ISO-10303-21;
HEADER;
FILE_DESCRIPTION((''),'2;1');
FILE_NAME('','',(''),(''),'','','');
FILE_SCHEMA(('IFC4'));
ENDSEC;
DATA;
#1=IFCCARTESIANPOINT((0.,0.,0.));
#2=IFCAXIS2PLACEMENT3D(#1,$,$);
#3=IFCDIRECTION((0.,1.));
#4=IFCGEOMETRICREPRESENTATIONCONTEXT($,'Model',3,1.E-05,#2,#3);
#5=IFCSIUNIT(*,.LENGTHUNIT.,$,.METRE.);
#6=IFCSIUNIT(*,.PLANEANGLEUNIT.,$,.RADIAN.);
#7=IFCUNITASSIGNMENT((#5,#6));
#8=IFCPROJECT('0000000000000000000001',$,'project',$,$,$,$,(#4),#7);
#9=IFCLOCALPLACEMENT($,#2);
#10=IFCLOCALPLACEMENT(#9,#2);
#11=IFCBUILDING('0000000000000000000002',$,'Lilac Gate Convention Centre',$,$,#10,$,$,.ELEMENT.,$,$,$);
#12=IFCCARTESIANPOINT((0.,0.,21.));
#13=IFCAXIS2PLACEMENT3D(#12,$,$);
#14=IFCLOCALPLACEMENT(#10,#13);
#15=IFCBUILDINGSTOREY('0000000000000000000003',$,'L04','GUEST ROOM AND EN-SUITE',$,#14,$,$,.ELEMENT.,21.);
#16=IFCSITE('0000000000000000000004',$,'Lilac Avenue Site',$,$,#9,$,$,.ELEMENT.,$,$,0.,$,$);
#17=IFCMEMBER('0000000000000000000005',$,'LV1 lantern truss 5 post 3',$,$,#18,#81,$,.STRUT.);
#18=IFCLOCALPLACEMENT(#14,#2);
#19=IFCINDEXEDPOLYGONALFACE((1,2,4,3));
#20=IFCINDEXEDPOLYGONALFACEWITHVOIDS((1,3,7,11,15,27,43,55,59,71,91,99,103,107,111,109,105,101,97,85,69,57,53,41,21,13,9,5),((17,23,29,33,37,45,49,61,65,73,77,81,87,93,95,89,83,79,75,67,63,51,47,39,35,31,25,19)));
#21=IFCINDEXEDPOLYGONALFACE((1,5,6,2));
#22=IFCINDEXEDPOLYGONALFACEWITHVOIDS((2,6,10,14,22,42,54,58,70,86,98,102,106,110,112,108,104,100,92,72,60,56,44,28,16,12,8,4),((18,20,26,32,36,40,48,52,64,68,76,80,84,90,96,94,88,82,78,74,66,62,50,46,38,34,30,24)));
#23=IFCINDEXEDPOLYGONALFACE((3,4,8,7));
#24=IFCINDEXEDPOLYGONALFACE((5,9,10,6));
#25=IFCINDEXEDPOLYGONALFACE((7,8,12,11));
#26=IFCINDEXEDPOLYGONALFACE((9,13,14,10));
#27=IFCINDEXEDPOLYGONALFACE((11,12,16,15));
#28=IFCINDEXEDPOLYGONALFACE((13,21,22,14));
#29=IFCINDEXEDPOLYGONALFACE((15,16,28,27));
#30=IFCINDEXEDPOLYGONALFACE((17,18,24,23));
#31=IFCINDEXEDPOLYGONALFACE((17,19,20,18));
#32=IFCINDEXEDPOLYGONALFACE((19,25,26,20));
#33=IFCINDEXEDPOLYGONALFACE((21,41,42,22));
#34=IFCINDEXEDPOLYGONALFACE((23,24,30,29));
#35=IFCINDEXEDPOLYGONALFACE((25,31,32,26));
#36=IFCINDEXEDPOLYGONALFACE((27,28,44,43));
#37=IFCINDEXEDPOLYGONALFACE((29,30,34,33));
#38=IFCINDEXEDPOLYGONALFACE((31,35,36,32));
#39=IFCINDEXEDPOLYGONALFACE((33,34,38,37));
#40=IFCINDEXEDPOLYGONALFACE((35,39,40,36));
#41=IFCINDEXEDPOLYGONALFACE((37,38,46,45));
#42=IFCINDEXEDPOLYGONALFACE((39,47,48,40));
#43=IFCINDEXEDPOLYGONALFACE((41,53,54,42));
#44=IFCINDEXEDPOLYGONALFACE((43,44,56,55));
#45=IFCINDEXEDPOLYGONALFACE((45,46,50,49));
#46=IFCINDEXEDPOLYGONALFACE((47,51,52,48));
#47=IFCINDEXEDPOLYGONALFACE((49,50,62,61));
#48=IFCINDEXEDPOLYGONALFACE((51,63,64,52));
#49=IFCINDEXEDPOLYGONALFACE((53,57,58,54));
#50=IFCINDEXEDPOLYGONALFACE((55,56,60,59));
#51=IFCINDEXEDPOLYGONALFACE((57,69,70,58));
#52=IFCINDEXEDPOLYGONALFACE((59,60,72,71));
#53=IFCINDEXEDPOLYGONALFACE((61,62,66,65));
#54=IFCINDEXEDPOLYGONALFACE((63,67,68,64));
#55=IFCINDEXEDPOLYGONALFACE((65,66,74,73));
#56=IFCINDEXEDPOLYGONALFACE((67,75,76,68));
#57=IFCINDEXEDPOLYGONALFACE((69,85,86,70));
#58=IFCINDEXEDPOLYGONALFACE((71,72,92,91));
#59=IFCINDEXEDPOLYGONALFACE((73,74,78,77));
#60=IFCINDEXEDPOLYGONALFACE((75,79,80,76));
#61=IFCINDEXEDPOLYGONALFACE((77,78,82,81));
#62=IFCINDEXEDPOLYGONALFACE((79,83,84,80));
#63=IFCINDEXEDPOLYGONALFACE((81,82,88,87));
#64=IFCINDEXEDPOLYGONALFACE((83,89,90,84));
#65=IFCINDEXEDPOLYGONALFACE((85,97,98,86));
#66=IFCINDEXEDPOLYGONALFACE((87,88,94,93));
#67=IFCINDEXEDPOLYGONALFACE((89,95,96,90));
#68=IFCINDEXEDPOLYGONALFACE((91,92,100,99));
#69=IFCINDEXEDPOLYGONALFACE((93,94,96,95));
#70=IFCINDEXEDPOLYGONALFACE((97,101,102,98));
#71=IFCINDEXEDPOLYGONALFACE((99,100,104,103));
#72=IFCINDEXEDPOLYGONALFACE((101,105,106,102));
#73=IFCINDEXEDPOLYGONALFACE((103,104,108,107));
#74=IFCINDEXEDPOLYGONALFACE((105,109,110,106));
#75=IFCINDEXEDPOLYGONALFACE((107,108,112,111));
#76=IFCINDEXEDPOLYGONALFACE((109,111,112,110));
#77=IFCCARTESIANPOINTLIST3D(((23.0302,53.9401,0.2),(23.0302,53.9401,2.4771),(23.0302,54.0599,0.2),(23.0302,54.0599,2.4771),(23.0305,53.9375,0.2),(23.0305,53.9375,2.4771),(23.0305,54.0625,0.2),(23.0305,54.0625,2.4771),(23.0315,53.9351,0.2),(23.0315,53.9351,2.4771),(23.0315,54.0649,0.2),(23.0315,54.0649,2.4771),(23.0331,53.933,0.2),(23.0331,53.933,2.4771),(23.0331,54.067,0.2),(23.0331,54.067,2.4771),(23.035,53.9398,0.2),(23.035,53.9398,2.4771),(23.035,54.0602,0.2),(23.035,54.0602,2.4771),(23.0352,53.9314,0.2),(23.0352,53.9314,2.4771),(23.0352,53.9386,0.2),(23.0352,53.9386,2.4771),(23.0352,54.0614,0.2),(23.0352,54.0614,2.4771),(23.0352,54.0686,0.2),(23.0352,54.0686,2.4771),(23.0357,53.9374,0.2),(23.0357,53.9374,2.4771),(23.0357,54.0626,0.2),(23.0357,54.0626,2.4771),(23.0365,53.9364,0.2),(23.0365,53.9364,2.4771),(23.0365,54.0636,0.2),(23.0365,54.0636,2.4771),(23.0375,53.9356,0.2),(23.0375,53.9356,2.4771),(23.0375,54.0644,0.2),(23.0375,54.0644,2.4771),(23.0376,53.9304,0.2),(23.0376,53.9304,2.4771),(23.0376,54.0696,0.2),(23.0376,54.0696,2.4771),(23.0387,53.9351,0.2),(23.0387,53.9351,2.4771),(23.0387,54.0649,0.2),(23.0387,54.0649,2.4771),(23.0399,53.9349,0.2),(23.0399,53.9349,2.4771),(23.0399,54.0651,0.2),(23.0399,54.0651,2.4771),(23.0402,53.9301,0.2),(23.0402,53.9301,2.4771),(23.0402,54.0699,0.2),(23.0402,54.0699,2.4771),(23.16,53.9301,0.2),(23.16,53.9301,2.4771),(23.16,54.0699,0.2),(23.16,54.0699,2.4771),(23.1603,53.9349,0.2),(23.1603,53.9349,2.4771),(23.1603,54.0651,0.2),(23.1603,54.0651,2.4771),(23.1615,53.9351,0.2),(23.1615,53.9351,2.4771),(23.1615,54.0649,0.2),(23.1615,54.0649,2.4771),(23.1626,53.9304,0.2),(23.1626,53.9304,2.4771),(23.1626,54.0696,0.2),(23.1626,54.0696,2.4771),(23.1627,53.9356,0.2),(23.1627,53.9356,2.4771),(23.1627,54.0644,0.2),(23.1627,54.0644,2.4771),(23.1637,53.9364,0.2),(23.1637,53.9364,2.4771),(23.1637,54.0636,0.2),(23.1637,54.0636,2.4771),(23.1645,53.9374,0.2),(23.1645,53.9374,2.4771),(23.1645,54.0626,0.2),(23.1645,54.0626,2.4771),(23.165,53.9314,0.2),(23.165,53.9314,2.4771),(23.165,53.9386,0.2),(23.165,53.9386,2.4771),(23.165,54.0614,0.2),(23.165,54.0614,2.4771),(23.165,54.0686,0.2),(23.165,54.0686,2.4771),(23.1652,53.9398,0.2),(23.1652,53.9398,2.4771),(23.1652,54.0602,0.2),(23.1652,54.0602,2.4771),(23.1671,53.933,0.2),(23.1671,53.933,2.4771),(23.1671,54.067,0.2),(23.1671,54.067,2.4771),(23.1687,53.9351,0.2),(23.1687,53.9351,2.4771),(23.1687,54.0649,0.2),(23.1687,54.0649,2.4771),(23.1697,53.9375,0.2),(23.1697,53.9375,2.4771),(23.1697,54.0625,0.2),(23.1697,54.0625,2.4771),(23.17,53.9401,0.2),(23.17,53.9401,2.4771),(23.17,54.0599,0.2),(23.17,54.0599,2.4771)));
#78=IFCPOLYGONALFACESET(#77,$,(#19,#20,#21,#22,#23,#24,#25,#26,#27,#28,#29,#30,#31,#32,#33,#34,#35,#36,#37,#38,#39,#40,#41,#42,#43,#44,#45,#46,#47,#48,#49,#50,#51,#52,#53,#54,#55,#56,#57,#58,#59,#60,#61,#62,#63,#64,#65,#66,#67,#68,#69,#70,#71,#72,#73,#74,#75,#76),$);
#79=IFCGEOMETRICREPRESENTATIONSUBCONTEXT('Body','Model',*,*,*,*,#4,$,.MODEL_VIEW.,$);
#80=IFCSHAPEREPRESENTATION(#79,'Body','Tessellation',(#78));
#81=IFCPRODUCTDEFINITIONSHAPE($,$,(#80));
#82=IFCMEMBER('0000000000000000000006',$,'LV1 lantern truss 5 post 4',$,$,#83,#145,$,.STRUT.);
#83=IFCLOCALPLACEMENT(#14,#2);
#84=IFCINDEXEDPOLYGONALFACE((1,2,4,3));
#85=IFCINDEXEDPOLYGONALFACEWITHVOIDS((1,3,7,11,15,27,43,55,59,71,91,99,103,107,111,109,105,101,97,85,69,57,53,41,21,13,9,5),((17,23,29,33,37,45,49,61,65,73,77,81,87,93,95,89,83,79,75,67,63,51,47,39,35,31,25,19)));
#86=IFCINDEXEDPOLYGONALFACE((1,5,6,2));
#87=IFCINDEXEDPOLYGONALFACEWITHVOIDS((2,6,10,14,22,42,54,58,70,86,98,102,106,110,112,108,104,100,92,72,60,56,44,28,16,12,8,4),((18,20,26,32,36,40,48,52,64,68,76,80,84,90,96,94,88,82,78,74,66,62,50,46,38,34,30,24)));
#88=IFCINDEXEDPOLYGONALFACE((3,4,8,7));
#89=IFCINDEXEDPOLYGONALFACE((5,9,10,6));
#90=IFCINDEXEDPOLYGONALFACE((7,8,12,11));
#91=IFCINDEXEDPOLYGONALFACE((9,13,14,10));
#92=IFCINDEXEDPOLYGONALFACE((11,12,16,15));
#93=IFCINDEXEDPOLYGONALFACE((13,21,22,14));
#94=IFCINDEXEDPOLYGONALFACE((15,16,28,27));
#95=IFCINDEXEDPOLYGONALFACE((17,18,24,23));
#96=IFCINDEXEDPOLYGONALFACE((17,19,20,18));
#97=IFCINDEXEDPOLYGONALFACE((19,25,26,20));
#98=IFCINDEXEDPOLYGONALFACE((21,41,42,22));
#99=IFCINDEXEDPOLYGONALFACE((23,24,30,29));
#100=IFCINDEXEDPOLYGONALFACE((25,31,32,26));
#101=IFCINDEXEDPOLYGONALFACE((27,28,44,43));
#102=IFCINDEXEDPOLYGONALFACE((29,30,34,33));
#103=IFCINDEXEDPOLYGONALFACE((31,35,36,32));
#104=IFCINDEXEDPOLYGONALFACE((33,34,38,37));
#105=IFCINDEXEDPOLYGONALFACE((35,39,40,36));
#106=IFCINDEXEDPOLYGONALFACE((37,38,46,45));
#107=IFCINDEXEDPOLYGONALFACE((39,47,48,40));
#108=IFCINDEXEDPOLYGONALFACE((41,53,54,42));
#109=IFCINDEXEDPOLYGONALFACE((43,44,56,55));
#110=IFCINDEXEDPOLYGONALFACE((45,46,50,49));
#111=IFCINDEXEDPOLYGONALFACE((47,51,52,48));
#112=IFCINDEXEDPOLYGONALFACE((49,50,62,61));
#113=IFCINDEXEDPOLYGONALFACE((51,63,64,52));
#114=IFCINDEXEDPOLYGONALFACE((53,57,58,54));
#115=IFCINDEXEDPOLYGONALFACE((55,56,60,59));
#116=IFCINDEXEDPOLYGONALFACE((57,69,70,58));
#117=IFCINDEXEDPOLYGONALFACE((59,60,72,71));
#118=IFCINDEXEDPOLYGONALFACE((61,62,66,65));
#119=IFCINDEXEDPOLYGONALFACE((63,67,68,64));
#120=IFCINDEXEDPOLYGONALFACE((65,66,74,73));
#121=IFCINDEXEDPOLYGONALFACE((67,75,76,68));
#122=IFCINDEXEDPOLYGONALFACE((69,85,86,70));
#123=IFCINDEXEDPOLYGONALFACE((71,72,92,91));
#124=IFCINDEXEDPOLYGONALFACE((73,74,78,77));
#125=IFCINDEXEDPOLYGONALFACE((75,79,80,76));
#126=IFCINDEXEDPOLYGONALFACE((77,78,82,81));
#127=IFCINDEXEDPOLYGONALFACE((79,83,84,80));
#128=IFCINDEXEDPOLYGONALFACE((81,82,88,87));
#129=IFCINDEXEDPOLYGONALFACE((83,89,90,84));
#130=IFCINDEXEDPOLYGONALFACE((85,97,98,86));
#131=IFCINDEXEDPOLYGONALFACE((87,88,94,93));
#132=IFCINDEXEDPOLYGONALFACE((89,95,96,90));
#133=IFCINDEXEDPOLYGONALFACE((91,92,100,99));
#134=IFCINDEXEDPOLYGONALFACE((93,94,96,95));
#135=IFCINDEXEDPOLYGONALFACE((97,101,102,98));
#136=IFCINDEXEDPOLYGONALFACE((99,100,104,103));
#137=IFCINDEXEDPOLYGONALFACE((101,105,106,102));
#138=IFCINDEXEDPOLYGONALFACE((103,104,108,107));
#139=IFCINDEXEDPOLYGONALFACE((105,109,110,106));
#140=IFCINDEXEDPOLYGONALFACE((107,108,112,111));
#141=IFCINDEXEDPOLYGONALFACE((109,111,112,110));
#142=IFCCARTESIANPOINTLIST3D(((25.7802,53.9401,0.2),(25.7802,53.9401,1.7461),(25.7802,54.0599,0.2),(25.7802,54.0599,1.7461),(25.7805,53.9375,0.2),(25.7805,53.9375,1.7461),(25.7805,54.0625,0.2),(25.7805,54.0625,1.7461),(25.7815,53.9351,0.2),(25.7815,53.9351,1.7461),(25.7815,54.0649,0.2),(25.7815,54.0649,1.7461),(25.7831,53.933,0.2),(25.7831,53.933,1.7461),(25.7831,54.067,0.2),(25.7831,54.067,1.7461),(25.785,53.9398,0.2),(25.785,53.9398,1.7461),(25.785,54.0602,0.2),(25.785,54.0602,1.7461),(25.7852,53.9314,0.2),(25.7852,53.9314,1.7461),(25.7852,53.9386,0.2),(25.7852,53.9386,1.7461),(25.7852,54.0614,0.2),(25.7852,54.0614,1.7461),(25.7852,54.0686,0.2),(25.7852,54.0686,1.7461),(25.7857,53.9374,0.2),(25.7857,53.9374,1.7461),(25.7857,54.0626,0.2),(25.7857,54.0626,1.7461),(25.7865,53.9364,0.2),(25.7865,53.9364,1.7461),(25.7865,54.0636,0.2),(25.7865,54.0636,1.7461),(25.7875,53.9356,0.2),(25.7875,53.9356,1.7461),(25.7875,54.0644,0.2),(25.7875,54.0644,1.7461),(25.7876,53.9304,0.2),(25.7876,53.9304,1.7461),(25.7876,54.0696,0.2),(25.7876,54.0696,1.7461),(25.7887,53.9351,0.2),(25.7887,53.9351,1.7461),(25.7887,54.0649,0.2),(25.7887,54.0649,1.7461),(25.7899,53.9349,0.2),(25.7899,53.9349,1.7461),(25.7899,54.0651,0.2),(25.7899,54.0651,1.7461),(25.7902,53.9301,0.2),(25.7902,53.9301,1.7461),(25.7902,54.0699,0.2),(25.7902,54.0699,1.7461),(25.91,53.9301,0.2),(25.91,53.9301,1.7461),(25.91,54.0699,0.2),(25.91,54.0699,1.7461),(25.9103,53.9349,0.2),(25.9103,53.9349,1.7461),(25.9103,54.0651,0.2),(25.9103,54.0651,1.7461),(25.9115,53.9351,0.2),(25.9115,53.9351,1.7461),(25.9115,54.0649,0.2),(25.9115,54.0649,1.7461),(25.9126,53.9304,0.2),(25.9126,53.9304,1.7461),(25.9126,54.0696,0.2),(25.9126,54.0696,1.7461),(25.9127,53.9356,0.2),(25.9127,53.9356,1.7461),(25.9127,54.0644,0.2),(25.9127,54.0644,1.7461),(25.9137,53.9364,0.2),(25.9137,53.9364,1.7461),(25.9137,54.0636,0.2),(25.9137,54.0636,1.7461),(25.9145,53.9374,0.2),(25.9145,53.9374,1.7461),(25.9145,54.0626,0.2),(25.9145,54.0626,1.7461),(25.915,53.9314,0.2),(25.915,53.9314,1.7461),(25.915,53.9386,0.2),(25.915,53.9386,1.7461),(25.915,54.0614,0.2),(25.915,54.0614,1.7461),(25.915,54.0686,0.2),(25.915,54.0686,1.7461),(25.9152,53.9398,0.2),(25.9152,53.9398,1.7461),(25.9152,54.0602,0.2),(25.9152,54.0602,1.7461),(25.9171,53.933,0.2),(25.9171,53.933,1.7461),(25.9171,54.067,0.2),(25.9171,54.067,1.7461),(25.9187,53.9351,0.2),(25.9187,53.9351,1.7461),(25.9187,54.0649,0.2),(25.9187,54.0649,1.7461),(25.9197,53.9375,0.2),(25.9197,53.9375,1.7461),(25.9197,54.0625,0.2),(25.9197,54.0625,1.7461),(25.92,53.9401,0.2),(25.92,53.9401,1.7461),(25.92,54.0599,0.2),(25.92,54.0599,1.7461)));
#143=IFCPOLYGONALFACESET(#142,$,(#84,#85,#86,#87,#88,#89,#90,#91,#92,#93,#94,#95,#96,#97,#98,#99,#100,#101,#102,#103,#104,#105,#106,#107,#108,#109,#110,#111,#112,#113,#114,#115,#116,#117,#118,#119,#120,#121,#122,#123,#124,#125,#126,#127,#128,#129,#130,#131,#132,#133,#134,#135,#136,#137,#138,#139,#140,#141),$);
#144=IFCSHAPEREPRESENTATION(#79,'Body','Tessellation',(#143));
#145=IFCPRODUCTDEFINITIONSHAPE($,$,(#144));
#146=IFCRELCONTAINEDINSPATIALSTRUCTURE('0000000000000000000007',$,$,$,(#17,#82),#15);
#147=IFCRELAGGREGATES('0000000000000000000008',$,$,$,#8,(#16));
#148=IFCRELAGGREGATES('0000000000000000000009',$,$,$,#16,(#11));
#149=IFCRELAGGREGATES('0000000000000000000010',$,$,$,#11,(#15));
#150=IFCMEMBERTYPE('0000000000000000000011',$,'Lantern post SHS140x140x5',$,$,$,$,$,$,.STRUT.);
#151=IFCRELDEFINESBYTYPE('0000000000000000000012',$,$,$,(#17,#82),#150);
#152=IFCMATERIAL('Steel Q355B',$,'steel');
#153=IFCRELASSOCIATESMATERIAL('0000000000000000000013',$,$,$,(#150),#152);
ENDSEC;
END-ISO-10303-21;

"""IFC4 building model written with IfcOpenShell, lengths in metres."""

from ifc_helpers import new_model, si_unit, direction, frame, origin, origin_2d, place, context, subcontext, project, spatial, hollow_rectangle, extrude, material, material_profile, profile_set, type_object, element, save


model = new_model("IFC4")

# Units and contexts
model_context = context("Model", 3, precision=1e-05, world=origin(), true_north=direction((0.0, 1.0)))
body_context = subcontext(model_context, "Body", "Model", "MODEL_VIEW")
ifc_project = project(units=[si_unit("LENGTHUNIT", "METRE"), si_unit("PLANEANGLEUNIT", "RADIAN")], contexts=[model_context])

# Site, building, storey
site_placement = place(None, origin())
site = spatial("IfcSite", under=ifc_project, at=site_placement, Name="Lilac Avenue Site", CompositionType="ELEMENT", RefElevation=0.0)
building_placement = place(site_placement, origin())
building = spatial("IfcBuilding", under=site, at=building_placement, Name="Lilac Gate Convention Centre", CompositionType="ELEMENT")
storey_placement = place(building_placement, frame((0.0, 0.0, 21.0)))
storey = spatial("IfcBuildingStorey", under=building, at=storey_placement, Name="L04", Description="GUEST ROOM AND EN-SUITE", CompositionType="ELEMENT", Elevation=21.0)

# Members
ifc_material_1 = material(Name="Steel Q355B", Category="steel")
ifc_material_profile_1 = material_profile(ifc_material_1, hollow_rectangle(XDim=0.1399, YDim=0.1399, WallThickness=0.0049, InnerFilletRadius=0.0049, OuterFilletRadius=0.01, at=origin_2d()), Name="SHS140x140x5")
ifc_profile_set_1 = profile_set([ifc_material_profile_1], Name="Steel Q355B")
member_type_1 = type_object("IfcMemberType", Name="Lantern post SHS140x140x5", PredefinedType="STRUT", material=ifc_profile_set_1)
member_1_placement = place(storey_placement, frame((23.1001, 54.0, 0.2), z_axis=(0.0, 0.0, 1.0), x_axis=(1.0, 0.0, 0.0)))
element("IfcMember", 1, at=member_1_placement, inside=storey, type_object=member_type_1, Name="LV1 lantern truss 5 post 3", PredefinedType="STRUT", context=body_context, shape_type="SweptSolid", body=[
    extrude(hollow_rectangle(XDim=0.1399, YDim=0.1399, WallThickness=0.0049, InnerFilletRadius=0.0049, OuterFilletRadius=0.01, at=origin_2d()), origin(), (0.0, 0.0, 1.0), 2.2771),
])
member_2_placement = place(storey_placement, frame((25.8501, 54.0, 0.2), z_axis=(0.0, 0.0, 1.0), x_axis=(1.0, 0.0, 0.0)))
element("IfcMember", 2, at=member_2_placement, inside=storey, type_object=member_type_1, Name="LV1 lantern truss 5 post 4", PredefinedType="STRUT", context=body_context, shape_type="SweptSolid", body=[
    extrude(hollow_rectangle(XDim=0.1399, YDim=0.1399, WallThickness=0.0049, InnerFilletRadius=0.0049, OuterFilletRadius=0.01, at=origin_2d()), origin(), (0.0, 0.0, 1.0), 1.5461),
])

save(model, "model.ifc")
